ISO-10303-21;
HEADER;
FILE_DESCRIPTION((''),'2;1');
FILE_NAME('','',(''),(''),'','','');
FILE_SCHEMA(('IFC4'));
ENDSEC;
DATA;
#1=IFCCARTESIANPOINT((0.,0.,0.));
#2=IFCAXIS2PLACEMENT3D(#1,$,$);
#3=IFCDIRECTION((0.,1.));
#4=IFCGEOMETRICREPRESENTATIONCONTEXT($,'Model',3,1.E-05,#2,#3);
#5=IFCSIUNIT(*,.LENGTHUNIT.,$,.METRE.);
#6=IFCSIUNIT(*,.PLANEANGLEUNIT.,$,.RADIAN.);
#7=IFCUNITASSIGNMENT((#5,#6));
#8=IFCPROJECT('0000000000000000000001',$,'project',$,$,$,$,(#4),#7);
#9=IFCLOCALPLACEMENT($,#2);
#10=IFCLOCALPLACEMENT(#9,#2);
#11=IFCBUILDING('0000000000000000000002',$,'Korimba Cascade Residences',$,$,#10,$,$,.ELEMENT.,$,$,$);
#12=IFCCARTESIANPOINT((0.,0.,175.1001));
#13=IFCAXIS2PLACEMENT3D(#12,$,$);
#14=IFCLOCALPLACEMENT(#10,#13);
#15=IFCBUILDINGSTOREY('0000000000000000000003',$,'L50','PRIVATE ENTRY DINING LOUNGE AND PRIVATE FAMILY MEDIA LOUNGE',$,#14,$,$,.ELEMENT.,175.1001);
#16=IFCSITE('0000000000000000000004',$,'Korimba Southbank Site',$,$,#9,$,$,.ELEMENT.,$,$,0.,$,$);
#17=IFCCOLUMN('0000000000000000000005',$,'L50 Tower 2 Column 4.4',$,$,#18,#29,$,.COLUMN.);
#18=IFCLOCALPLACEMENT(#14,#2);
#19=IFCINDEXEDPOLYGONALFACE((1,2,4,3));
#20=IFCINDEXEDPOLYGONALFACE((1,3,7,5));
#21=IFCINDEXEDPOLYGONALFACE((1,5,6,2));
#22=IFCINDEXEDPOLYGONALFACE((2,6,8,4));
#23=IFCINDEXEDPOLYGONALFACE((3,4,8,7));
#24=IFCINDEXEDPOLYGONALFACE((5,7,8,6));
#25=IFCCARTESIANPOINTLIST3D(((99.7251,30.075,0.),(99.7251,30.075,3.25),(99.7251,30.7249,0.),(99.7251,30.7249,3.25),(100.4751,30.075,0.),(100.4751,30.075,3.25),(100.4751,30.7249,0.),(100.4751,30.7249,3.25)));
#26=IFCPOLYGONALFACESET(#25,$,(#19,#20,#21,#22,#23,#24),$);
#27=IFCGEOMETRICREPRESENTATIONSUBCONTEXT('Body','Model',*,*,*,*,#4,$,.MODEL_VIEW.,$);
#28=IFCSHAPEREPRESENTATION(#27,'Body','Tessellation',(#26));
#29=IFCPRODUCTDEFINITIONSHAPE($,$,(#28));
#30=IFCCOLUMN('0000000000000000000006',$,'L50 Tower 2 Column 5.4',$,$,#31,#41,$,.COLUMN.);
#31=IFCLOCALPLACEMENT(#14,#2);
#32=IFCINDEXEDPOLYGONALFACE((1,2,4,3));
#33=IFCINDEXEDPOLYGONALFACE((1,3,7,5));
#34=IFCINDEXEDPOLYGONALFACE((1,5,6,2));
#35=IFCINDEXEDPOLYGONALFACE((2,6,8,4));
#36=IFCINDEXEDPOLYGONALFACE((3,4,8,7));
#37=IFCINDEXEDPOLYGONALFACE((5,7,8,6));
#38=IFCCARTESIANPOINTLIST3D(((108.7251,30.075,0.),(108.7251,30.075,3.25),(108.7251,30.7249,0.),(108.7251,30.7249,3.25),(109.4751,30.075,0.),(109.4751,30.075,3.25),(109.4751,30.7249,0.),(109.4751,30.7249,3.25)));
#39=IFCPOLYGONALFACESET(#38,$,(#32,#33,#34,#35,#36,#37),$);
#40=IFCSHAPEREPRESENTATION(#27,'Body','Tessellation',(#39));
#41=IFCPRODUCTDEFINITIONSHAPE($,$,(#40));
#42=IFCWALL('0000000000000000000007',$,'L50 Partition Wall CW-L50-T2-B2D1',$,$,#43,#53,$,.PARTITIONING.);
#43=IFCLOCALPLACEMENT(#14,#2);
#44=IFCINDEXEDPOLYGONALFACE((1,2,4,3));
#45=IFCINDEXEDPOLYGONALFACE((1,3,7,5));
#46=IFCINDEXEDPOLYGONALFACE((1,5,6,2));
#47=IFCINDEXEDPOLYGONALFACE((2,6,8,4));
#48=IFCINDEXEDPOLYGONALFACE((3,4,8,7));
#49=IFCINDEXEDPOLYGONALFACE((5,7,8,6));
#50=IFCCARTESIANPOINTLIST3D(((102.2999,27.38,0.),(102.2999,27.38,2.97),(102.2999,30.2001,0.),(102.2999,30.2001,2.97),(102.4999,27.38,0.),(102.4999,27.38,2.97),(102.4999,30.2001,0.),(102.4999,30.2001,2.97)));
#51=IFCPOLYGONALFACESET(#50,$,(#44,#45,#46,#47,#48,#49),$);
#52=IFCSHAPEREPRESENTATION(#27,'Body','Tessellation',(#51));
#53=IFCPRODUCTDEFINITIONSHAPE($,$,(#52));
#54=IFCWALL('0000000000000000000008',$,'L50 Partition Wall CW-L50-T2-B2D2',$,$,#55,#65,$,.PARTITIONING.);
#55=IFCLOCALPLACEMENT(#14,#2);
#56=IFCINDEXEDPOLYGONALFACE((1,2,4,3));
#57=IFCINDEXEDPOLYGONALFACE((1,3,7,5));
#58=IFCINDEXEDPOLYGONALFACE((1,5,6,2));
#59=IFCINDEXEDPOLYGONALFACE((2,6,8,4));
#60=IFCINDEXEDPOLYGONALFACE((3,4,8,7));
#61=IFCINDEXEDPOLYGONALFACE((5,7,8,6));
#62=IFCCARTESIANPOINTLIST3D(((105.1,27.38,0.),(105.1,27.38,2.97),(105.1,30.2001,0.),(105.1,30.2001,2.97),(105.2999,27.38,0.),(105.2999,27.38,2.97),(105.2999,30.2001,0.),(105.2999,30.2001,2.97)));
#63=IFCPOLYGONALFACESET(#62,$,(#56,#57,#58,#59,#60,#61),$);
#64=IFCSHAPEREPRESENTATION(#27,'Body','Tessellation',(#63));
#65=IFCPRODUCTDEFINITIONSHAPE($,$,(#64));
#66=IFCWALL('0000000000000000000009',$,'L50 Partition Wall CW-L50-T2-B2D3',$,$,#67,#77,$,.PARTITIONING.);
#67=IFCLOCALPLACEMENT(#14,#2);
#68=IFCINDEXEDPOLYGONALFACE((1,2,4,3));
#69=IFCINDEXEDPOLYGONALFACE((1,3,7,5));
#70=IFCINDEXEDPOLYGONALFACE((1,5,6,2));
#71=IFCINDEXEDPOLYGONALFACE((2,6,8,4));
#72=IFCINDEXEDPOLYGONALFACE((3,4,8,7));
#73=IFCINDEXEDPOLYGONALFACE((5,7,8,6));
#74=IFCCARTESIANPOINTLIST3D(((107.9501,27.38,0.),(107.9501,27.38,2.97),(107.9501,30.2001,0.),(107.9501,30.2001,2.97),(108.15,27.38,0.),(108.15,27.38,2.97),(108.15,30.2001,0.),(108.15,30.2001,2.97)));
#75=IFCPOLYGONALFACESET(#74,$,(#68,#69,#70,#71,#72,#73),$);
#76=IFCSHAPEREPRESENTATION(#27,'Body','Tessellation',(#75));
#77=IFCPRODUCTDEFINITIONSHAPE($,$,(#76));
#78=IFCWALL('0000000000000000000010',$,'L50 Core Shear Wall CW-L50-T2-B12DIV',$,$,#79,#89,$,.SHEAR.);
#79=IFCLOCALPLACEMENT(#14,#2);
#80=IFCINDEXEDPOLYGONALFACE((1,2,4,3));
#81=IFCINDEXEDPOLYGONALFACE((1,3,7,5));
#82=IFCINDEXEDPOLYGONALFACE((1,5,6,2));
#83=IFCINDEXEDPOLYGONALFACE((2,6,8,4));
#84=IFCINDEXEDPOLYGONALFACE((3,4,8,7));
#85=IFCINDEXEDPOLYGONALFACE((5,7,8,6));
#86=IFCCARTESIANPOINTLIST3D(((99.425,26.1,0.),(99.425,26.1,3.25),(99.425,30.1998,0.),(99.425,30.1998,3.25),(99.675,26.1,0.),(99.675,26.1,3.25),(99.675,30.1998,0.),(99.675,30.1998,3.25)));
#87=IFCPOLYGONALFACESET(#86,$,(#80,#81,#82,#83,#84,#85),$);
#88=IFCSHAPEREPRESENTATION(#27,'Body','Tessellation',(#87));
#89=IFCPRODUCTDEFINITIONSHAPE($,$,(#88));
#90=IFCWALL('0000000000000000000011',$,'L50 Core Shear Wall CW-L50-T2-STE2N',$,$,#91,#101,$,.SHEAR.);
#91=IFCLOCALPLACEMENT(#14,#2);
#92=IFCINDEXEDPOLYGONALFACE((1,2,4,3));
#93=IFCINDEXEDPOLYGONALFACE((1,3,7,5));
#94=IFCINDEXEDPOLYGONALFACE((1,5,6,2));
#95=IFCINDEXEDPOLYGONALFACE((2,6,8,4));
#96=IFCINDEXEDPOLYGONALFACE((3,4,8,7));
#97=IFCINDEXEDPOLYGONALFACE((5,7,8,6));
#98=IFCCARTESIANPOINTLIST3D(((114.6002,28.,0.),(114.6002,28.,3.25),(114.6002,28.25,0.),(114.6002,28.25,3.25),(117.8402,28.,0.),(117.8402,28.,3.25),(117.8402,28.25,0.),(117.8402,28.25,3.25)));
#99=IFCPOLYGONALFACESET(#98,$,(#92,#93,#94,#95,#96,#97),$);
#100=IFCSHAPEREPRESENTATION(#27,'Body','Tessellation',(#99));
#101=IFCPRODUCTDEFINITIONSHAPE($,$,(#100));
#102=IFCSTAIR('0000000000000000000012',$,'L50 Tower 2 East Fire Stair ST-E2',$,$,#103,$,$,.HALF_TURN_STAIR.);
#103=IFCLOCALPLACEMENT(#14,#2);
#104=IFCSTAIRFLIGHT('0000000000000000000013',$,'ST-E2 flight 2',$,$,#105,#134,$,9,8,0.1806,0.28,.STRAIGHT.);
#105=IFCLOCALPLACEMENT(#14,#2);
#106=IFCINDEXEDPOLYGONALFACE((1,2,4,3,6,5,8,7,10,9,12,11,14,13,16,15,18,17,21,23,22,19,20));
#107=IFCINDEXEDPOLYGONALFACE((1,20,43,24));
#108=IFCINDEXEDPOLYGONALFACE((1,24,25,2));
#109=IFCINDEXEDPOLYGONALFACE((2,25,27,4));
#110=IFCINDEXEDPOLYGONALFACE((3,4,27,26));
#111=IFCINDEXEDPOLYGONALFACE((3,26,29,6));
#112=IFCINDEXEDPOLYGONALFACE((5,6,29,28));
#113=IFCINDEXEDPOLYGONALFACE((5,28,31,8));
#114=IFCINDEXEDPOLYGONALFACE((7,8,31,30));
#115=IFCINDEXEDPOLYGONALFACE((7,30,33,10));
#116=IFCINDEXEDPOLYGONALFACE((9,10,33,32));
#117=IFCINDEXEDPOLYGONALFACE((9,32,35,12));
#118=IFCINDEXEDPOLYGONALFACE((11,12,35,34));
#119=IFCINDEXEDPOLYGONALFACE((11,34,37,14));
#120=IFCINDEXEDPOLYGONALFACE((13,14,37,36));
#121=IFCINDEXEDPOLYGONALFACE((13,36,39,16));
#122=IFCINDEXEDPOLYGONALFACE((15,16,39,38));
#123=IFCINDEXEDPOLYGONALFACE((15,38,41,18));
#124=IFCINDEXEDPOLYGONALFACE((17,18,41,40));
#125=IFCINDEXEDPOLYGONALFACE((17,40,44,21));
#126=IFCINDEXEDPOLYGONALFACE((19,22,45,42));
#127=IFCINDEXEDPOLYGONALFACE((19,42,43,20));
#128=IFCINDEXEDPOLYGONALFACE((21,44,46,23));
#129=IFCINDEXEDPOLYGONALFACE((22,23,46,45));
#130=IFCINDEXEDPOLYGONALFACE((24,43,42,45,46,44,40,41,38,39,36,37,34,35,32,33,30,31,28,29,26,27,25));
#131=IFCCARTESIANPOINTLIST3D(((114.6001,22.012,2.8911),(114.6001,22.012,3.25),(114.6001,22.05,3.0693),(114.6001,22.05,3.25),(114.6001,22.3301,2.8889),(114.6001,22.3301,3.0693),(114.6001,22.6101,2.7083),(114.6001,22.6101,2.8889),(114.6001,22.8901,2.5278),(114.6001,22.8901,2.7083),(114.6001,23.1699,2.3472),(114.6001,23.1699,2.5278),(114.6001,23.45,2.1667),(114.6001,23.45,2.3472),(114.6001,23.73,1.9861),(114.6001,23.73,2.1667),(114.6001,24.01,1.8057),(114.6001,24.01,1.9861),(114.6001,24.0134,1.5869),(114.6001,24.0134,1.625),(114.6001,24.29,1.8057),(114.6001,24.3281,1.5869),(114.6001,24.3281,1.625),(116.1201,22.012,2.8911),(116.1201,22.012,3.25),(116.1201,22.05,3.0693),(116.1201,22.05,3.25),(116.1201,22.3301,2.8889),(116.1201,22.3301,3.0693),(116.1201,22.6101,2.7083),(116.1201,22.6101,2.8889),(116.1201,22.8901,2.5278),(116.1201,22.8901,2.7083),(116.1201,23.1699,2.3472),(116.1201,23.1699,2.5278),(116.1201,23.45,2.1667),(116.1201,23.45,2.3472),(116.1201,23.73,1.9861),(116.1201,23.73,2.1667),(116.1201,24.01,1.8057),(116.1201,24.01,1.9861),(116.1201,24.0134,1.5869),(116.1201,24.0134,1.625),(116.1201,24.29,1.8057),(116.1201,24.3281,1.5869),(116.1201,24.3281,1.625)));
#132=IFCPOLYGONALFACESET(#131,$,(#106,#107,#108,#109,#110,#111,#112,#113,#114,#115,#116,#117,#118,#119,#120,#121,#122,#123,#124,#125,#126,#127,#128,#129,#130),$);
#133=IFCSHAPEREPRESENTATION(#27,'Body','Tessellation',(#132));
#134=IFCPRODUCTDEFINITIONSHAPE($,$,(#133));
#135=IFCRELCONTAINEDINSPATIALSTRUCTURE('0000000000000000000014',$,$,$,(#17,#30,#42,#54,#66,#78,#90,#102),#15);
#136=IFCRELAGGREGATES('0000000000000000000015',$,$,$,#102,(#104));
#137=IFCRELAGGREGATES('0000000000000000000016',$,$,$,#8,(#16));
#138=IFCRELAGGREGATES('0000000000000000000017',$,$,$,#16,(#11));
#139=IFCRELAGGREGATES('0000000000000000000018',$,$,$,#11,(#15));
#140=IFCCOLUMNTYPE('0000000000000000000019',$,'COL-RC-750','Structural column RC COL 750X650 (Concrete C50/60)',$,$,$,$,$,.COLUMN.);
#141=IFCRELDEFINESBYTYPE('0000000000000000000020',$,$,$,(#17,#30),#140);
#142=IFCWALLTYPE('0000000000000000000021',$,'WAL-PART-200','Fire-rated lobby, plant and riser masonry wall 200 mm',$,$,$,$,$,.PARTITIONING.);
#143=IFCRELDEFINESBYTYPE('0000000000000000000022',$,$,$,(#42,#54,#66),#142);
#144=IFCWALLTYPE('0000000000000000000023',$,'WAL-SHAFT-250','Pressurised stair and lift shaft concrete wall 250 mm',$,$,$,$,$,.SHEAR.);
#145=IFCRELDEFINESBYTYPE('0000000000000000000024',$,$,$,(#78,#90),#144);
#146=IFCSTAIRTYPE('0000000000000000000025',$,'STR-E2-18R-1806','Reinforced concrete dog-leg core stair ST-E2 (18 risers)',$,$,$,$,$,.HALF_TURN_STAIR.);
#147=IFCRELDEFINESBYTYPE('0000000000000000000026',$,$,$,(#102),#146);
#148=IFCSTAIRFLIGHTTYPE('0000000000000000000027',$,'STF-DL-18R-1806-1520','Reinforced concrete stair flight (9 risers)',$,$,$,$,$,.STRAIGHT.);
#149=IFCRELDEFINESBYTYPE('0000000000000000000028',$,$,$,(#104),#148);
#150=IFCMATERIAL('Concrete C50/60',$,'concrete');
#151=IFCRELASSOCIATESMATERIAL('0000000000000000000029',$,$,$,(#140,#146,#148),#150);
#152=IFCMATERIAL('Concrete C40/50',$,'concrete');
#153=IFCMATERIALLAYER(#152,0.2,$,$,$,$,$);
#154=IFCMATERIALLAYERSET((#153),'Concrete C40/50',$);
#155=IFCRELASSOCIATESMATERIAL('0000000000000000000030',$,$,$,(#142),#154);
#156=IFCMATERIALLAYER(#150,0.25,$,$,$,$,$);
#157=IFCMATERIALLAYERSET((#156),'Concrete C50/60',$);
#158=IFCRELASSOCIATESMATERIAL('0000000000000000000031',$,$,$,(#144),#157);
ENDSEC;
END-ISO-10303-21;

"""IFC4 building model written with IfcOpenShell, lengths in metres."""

from ifc_helpers import new_model, si_unit, direction, frame, frame_2d, origin, origin_2d, place, context, subcontext, project, spatial, polyline, rectangle, outline, extrude, material, layer, layer_set, material_profile, profile_set, type_object, element, aggregate, save


model = new_model("IFC4")

# Units and contexts
model_context = context("Model", 3, precision=1e-05, world=origin(), true_north=direction((0.0, 1.0)))
body_context = subcontext(model_context, "Body", "Model", "MODEL_VIEW")
ifc_project = project(units=[si_unit("LENGTHUNIT", "METRE"), si_unit("PLANEANGLEUNIT", "RADIAN")], contexts=[model_context])

# Site, building, storey
site_placement = place(None, origin())
site = spatial("IfcSite", under=ifc_project, at=site_placement, Name="Korimba Southbank Site", CompositionType="ELEMENT", RefElevation=0.0)
building_placement = place(site_placement, origin())
building = spatial("IfcBuilding", under=site, at=building_placement, Name="Korimba Cascade Residences", CompositionType="ELEMENT")
storey_placement = place(building_placement, frame((0.0, 0.0, 175.1001)))
storey = spatial("IfcBuildingStorey", under=building, at=storey_placement, Name="L50", Description="PRIVATE ENTRY DINING LOUNGE AND PRIVATE FAMILY MEDIA LOUNGE", CompositionType="ELEMENT", Elevation=175.1001)

# Columns
ifc_material_1 = material(Name="Concrete C50/60", Category="concrete")
ifc_material_profile = material_profile(ifc_material_1, rectangle(XDim=0.75, YDim=0.6499, at=origin_2d()), Name="Concrete C50/60")
ifc_profile_set = profile_set([ifc_material_profile], Name="Concrete C50/60")
column_type = type_object("IfcColumnType", Name="COL-RC-750", Description="Structural column RC COL 750X650 (Concrete C50/60)", PredefinedType="COLUMN", material=ifc_profile_set)
for number, where, z_axis, x_axis, name in (
    (1, (100.1001, 30.3999, 0.0), (0.0, 0.0, 1.0), (1.0, 0.0, 0.0), "L50 Tower 2 Column 4.4"),
    (2, (109.1001, 30.3999, 0.0), (0.0, 0.0, 1.0), (1.0, 0.0, 0.0), "L50 Tower 2 Column 5.4"),
):
    element("IfcColumn", number, at=place(storey_placement, frame(where, z_axis=z_axis, x_axis=x_axis)), inside=storey, type_object=column_type, Name=name, PredefinedType="COLUMN", context=body_context, shape_type="SweptSolid", body=[
        extrude(rectangle(XDim=0.75, YDim=0.6499, at=origin_2d()), origin(), (0.0, 0.0, 1.0), 3.25),
    ])

# Walls
ifc_material_2 = material(Name="Concrete C40/50", Category="concrete")
ifc_layer_1 = layer(ifc_material_2, 0.2)
ifc_layer_set_1 = layer_set([ifc_layer_1], Name="Concrete C40/50")
wall_type_1 = type_object("IfcWallType", Name="WAL-PART-200", Description="Fire-rated lobby, plant and riser masonry wall 200 mm", PredefinedType="PARTITIONING", material=ifc_layer_set_1)
for number, where, z_axis, x_axis, name in (
    (3, (102.3999, 27.3799, 0.0), (0.0, 0.0, 1.0), (0.0, 1.0, 0.0), "L50 Partition Wall CW-L50-T2-B2D1"),
    (4, (105.2, 27.3799, 0.0), (0.0, 0.0, 1.0), (0.0, 1.0, 0.0), "L50 Partition Wall CW-L50-T2-B2D2"),
    (5, (108.05, 27.3799, 0.0), (0.0, 0.0, 1.0), (0.0, 1.0, 0.0), "L50 Partition Wall CW-L50-T2-B2D3"),
):
    element("IfcWall", number, at=place(storey_placement, frame(where, z_axis=z_axis, x_axis=x_axis)), inside=storey, type_object=wall_type_1, Name=name, PredefinedType="PARTITIONING", context=body_context, shape_type="SweptSolid", body=[
        extrude(rectangle(XDim=2.8201, YDim=0.2, at=frame_2d((1.4102, 0.0))), origin(), (0.0, 0.0, 1.0), 2.97),
    ])
ifc_layer_2 = layer(ifc_material_1, 0.25)
ifc_layer_set_2 = layer_set([ifc_layer_2], Name="Concrete C50/60")
wall_type_2 = type_object("IfcWallType", Name="WAL-SHAFT-250", Description="Pressurised stair and lift shaft concrete wall 250 mm", PredefinedType="SHEAR", material=ifc_layer_set_2)
wall_1_placement = place(storey_placement, frame((99.55, 26.1001, 0.0), z_axis=(0.0, 0.0, 1.0), x_axis=(0.0, 1.0, 0.0)))
element("IfcWall", 6, at=wall_1_placement, inside=storey, type_object=wall_type_2, Name="L50 Core Shear Wall CW-L50-T2-B12DIV", PredefinedType="SHEAR", context=body_context, shape_type="SweptSolid", body=[
    extrude(rectangle(XDim=4.0999, YDim=0.25, at=frame_2d((2.0498, 0.0))), origin(), (0.0, 0.0, 1.0), 3.25),
])

# Wall
wall_2_placement = place(storey_placement, frame((114.6001, 28.125, 0.0), z_axis=(0.0, 0.0, 1.0), x_axis=(1.0, 0.0, 0.0)))
element("IfcWall", 7, at=wall_2_placement, inside=storey, type_object=wall_type_2, Name="L50 Core Shear Wall CW-L50-T2-STE2N", PredefinedType="SHEAR", context=body_context, shape_type="SweptSolid", body=[
    extrude(rectangle(XDim=3.24, YDim=0.25, at=frame_2d((1.6201, 0.0))), origin(), (0.0, 0.0, 1.0), 3.25),
])

# Stair, stair flight
stair_type = type_object("IfcStairType", Name="STR-E2-18R-1806", Description="Reinforced concrete dog-leg core stair ST-E2 (18 risers)", PredefinedType="HALF_TURN_STAIR", material=ifc_material_1)
stair_placement = place(storey_placement, origin())
stair = element("IfcStair", 8, at=stair_placement, inside=storey, type_object=stair_type, Name="L50 Tower 2 East Fire Stair ST-E2", PredefinedType="HALF_TURN_STAIR")
stair_flight_type = type_object("IfcStairFlightType", Name="STF-DL-18R-1806-1520", Description="Reinforced concrete stair flight (9 risers)", PredefinedType="STRAIGHT", material=ifc_material_1)
stair_flight_placement = place(storey_placement, frame((115.3601, 24.29, 1.625), z_axis=(0.0, 0.0, 1.0), x_axis=(0.0, -1.0, 0.0)))
stair_flight = element("IfcStairFlight", 9, at=stair_flight_placement, type_object=stair_flight_type, Name="ST-E2 flight 2", NumberOfRisers=9, NumberOfTreads=8, PredefinedType="STRAIGHT", RiserHeight=0.1806, TreadLength=0.28, context=body_context, shape_type="SweptSolid", body=[
    extrude(outline(polyline([(-0.0381, 0.0), (0.0, 0.1807), (0.28, 0.1807), (0.28, 0.3611), (0.5601, 0.3611), (0.5601, 0.5417), (0.8401, 0.5417), (0.8401, 0.7222), (1.1201, 0.7222), (1.1201, 0.9028), (1.3999, 0.9028), (1.3999, 1.0833), (1.6799, 1.0833), (1.6799, 1.2639), (1.96, 1.2639), (1.96, 1.4443), (2.24, 1.4443), (2.24, 1.625), (2.2781, 1.625), (2.2781, 1.2661), (0.2766, 0.0), (0.2766, -0.0381), (-0.0381, -0.0381), (-0.0381, 0.0)])), frame((0.0, 0.76, 0.0), z_axis=(0.0, -1.0, 0.0), x_axis=(1.0, 0.0, 0.0)), (0.0, 0.0, 1.0), 1.52),
])
aggregate(stair, [stair_flight])

save(model, "model.ifc")
